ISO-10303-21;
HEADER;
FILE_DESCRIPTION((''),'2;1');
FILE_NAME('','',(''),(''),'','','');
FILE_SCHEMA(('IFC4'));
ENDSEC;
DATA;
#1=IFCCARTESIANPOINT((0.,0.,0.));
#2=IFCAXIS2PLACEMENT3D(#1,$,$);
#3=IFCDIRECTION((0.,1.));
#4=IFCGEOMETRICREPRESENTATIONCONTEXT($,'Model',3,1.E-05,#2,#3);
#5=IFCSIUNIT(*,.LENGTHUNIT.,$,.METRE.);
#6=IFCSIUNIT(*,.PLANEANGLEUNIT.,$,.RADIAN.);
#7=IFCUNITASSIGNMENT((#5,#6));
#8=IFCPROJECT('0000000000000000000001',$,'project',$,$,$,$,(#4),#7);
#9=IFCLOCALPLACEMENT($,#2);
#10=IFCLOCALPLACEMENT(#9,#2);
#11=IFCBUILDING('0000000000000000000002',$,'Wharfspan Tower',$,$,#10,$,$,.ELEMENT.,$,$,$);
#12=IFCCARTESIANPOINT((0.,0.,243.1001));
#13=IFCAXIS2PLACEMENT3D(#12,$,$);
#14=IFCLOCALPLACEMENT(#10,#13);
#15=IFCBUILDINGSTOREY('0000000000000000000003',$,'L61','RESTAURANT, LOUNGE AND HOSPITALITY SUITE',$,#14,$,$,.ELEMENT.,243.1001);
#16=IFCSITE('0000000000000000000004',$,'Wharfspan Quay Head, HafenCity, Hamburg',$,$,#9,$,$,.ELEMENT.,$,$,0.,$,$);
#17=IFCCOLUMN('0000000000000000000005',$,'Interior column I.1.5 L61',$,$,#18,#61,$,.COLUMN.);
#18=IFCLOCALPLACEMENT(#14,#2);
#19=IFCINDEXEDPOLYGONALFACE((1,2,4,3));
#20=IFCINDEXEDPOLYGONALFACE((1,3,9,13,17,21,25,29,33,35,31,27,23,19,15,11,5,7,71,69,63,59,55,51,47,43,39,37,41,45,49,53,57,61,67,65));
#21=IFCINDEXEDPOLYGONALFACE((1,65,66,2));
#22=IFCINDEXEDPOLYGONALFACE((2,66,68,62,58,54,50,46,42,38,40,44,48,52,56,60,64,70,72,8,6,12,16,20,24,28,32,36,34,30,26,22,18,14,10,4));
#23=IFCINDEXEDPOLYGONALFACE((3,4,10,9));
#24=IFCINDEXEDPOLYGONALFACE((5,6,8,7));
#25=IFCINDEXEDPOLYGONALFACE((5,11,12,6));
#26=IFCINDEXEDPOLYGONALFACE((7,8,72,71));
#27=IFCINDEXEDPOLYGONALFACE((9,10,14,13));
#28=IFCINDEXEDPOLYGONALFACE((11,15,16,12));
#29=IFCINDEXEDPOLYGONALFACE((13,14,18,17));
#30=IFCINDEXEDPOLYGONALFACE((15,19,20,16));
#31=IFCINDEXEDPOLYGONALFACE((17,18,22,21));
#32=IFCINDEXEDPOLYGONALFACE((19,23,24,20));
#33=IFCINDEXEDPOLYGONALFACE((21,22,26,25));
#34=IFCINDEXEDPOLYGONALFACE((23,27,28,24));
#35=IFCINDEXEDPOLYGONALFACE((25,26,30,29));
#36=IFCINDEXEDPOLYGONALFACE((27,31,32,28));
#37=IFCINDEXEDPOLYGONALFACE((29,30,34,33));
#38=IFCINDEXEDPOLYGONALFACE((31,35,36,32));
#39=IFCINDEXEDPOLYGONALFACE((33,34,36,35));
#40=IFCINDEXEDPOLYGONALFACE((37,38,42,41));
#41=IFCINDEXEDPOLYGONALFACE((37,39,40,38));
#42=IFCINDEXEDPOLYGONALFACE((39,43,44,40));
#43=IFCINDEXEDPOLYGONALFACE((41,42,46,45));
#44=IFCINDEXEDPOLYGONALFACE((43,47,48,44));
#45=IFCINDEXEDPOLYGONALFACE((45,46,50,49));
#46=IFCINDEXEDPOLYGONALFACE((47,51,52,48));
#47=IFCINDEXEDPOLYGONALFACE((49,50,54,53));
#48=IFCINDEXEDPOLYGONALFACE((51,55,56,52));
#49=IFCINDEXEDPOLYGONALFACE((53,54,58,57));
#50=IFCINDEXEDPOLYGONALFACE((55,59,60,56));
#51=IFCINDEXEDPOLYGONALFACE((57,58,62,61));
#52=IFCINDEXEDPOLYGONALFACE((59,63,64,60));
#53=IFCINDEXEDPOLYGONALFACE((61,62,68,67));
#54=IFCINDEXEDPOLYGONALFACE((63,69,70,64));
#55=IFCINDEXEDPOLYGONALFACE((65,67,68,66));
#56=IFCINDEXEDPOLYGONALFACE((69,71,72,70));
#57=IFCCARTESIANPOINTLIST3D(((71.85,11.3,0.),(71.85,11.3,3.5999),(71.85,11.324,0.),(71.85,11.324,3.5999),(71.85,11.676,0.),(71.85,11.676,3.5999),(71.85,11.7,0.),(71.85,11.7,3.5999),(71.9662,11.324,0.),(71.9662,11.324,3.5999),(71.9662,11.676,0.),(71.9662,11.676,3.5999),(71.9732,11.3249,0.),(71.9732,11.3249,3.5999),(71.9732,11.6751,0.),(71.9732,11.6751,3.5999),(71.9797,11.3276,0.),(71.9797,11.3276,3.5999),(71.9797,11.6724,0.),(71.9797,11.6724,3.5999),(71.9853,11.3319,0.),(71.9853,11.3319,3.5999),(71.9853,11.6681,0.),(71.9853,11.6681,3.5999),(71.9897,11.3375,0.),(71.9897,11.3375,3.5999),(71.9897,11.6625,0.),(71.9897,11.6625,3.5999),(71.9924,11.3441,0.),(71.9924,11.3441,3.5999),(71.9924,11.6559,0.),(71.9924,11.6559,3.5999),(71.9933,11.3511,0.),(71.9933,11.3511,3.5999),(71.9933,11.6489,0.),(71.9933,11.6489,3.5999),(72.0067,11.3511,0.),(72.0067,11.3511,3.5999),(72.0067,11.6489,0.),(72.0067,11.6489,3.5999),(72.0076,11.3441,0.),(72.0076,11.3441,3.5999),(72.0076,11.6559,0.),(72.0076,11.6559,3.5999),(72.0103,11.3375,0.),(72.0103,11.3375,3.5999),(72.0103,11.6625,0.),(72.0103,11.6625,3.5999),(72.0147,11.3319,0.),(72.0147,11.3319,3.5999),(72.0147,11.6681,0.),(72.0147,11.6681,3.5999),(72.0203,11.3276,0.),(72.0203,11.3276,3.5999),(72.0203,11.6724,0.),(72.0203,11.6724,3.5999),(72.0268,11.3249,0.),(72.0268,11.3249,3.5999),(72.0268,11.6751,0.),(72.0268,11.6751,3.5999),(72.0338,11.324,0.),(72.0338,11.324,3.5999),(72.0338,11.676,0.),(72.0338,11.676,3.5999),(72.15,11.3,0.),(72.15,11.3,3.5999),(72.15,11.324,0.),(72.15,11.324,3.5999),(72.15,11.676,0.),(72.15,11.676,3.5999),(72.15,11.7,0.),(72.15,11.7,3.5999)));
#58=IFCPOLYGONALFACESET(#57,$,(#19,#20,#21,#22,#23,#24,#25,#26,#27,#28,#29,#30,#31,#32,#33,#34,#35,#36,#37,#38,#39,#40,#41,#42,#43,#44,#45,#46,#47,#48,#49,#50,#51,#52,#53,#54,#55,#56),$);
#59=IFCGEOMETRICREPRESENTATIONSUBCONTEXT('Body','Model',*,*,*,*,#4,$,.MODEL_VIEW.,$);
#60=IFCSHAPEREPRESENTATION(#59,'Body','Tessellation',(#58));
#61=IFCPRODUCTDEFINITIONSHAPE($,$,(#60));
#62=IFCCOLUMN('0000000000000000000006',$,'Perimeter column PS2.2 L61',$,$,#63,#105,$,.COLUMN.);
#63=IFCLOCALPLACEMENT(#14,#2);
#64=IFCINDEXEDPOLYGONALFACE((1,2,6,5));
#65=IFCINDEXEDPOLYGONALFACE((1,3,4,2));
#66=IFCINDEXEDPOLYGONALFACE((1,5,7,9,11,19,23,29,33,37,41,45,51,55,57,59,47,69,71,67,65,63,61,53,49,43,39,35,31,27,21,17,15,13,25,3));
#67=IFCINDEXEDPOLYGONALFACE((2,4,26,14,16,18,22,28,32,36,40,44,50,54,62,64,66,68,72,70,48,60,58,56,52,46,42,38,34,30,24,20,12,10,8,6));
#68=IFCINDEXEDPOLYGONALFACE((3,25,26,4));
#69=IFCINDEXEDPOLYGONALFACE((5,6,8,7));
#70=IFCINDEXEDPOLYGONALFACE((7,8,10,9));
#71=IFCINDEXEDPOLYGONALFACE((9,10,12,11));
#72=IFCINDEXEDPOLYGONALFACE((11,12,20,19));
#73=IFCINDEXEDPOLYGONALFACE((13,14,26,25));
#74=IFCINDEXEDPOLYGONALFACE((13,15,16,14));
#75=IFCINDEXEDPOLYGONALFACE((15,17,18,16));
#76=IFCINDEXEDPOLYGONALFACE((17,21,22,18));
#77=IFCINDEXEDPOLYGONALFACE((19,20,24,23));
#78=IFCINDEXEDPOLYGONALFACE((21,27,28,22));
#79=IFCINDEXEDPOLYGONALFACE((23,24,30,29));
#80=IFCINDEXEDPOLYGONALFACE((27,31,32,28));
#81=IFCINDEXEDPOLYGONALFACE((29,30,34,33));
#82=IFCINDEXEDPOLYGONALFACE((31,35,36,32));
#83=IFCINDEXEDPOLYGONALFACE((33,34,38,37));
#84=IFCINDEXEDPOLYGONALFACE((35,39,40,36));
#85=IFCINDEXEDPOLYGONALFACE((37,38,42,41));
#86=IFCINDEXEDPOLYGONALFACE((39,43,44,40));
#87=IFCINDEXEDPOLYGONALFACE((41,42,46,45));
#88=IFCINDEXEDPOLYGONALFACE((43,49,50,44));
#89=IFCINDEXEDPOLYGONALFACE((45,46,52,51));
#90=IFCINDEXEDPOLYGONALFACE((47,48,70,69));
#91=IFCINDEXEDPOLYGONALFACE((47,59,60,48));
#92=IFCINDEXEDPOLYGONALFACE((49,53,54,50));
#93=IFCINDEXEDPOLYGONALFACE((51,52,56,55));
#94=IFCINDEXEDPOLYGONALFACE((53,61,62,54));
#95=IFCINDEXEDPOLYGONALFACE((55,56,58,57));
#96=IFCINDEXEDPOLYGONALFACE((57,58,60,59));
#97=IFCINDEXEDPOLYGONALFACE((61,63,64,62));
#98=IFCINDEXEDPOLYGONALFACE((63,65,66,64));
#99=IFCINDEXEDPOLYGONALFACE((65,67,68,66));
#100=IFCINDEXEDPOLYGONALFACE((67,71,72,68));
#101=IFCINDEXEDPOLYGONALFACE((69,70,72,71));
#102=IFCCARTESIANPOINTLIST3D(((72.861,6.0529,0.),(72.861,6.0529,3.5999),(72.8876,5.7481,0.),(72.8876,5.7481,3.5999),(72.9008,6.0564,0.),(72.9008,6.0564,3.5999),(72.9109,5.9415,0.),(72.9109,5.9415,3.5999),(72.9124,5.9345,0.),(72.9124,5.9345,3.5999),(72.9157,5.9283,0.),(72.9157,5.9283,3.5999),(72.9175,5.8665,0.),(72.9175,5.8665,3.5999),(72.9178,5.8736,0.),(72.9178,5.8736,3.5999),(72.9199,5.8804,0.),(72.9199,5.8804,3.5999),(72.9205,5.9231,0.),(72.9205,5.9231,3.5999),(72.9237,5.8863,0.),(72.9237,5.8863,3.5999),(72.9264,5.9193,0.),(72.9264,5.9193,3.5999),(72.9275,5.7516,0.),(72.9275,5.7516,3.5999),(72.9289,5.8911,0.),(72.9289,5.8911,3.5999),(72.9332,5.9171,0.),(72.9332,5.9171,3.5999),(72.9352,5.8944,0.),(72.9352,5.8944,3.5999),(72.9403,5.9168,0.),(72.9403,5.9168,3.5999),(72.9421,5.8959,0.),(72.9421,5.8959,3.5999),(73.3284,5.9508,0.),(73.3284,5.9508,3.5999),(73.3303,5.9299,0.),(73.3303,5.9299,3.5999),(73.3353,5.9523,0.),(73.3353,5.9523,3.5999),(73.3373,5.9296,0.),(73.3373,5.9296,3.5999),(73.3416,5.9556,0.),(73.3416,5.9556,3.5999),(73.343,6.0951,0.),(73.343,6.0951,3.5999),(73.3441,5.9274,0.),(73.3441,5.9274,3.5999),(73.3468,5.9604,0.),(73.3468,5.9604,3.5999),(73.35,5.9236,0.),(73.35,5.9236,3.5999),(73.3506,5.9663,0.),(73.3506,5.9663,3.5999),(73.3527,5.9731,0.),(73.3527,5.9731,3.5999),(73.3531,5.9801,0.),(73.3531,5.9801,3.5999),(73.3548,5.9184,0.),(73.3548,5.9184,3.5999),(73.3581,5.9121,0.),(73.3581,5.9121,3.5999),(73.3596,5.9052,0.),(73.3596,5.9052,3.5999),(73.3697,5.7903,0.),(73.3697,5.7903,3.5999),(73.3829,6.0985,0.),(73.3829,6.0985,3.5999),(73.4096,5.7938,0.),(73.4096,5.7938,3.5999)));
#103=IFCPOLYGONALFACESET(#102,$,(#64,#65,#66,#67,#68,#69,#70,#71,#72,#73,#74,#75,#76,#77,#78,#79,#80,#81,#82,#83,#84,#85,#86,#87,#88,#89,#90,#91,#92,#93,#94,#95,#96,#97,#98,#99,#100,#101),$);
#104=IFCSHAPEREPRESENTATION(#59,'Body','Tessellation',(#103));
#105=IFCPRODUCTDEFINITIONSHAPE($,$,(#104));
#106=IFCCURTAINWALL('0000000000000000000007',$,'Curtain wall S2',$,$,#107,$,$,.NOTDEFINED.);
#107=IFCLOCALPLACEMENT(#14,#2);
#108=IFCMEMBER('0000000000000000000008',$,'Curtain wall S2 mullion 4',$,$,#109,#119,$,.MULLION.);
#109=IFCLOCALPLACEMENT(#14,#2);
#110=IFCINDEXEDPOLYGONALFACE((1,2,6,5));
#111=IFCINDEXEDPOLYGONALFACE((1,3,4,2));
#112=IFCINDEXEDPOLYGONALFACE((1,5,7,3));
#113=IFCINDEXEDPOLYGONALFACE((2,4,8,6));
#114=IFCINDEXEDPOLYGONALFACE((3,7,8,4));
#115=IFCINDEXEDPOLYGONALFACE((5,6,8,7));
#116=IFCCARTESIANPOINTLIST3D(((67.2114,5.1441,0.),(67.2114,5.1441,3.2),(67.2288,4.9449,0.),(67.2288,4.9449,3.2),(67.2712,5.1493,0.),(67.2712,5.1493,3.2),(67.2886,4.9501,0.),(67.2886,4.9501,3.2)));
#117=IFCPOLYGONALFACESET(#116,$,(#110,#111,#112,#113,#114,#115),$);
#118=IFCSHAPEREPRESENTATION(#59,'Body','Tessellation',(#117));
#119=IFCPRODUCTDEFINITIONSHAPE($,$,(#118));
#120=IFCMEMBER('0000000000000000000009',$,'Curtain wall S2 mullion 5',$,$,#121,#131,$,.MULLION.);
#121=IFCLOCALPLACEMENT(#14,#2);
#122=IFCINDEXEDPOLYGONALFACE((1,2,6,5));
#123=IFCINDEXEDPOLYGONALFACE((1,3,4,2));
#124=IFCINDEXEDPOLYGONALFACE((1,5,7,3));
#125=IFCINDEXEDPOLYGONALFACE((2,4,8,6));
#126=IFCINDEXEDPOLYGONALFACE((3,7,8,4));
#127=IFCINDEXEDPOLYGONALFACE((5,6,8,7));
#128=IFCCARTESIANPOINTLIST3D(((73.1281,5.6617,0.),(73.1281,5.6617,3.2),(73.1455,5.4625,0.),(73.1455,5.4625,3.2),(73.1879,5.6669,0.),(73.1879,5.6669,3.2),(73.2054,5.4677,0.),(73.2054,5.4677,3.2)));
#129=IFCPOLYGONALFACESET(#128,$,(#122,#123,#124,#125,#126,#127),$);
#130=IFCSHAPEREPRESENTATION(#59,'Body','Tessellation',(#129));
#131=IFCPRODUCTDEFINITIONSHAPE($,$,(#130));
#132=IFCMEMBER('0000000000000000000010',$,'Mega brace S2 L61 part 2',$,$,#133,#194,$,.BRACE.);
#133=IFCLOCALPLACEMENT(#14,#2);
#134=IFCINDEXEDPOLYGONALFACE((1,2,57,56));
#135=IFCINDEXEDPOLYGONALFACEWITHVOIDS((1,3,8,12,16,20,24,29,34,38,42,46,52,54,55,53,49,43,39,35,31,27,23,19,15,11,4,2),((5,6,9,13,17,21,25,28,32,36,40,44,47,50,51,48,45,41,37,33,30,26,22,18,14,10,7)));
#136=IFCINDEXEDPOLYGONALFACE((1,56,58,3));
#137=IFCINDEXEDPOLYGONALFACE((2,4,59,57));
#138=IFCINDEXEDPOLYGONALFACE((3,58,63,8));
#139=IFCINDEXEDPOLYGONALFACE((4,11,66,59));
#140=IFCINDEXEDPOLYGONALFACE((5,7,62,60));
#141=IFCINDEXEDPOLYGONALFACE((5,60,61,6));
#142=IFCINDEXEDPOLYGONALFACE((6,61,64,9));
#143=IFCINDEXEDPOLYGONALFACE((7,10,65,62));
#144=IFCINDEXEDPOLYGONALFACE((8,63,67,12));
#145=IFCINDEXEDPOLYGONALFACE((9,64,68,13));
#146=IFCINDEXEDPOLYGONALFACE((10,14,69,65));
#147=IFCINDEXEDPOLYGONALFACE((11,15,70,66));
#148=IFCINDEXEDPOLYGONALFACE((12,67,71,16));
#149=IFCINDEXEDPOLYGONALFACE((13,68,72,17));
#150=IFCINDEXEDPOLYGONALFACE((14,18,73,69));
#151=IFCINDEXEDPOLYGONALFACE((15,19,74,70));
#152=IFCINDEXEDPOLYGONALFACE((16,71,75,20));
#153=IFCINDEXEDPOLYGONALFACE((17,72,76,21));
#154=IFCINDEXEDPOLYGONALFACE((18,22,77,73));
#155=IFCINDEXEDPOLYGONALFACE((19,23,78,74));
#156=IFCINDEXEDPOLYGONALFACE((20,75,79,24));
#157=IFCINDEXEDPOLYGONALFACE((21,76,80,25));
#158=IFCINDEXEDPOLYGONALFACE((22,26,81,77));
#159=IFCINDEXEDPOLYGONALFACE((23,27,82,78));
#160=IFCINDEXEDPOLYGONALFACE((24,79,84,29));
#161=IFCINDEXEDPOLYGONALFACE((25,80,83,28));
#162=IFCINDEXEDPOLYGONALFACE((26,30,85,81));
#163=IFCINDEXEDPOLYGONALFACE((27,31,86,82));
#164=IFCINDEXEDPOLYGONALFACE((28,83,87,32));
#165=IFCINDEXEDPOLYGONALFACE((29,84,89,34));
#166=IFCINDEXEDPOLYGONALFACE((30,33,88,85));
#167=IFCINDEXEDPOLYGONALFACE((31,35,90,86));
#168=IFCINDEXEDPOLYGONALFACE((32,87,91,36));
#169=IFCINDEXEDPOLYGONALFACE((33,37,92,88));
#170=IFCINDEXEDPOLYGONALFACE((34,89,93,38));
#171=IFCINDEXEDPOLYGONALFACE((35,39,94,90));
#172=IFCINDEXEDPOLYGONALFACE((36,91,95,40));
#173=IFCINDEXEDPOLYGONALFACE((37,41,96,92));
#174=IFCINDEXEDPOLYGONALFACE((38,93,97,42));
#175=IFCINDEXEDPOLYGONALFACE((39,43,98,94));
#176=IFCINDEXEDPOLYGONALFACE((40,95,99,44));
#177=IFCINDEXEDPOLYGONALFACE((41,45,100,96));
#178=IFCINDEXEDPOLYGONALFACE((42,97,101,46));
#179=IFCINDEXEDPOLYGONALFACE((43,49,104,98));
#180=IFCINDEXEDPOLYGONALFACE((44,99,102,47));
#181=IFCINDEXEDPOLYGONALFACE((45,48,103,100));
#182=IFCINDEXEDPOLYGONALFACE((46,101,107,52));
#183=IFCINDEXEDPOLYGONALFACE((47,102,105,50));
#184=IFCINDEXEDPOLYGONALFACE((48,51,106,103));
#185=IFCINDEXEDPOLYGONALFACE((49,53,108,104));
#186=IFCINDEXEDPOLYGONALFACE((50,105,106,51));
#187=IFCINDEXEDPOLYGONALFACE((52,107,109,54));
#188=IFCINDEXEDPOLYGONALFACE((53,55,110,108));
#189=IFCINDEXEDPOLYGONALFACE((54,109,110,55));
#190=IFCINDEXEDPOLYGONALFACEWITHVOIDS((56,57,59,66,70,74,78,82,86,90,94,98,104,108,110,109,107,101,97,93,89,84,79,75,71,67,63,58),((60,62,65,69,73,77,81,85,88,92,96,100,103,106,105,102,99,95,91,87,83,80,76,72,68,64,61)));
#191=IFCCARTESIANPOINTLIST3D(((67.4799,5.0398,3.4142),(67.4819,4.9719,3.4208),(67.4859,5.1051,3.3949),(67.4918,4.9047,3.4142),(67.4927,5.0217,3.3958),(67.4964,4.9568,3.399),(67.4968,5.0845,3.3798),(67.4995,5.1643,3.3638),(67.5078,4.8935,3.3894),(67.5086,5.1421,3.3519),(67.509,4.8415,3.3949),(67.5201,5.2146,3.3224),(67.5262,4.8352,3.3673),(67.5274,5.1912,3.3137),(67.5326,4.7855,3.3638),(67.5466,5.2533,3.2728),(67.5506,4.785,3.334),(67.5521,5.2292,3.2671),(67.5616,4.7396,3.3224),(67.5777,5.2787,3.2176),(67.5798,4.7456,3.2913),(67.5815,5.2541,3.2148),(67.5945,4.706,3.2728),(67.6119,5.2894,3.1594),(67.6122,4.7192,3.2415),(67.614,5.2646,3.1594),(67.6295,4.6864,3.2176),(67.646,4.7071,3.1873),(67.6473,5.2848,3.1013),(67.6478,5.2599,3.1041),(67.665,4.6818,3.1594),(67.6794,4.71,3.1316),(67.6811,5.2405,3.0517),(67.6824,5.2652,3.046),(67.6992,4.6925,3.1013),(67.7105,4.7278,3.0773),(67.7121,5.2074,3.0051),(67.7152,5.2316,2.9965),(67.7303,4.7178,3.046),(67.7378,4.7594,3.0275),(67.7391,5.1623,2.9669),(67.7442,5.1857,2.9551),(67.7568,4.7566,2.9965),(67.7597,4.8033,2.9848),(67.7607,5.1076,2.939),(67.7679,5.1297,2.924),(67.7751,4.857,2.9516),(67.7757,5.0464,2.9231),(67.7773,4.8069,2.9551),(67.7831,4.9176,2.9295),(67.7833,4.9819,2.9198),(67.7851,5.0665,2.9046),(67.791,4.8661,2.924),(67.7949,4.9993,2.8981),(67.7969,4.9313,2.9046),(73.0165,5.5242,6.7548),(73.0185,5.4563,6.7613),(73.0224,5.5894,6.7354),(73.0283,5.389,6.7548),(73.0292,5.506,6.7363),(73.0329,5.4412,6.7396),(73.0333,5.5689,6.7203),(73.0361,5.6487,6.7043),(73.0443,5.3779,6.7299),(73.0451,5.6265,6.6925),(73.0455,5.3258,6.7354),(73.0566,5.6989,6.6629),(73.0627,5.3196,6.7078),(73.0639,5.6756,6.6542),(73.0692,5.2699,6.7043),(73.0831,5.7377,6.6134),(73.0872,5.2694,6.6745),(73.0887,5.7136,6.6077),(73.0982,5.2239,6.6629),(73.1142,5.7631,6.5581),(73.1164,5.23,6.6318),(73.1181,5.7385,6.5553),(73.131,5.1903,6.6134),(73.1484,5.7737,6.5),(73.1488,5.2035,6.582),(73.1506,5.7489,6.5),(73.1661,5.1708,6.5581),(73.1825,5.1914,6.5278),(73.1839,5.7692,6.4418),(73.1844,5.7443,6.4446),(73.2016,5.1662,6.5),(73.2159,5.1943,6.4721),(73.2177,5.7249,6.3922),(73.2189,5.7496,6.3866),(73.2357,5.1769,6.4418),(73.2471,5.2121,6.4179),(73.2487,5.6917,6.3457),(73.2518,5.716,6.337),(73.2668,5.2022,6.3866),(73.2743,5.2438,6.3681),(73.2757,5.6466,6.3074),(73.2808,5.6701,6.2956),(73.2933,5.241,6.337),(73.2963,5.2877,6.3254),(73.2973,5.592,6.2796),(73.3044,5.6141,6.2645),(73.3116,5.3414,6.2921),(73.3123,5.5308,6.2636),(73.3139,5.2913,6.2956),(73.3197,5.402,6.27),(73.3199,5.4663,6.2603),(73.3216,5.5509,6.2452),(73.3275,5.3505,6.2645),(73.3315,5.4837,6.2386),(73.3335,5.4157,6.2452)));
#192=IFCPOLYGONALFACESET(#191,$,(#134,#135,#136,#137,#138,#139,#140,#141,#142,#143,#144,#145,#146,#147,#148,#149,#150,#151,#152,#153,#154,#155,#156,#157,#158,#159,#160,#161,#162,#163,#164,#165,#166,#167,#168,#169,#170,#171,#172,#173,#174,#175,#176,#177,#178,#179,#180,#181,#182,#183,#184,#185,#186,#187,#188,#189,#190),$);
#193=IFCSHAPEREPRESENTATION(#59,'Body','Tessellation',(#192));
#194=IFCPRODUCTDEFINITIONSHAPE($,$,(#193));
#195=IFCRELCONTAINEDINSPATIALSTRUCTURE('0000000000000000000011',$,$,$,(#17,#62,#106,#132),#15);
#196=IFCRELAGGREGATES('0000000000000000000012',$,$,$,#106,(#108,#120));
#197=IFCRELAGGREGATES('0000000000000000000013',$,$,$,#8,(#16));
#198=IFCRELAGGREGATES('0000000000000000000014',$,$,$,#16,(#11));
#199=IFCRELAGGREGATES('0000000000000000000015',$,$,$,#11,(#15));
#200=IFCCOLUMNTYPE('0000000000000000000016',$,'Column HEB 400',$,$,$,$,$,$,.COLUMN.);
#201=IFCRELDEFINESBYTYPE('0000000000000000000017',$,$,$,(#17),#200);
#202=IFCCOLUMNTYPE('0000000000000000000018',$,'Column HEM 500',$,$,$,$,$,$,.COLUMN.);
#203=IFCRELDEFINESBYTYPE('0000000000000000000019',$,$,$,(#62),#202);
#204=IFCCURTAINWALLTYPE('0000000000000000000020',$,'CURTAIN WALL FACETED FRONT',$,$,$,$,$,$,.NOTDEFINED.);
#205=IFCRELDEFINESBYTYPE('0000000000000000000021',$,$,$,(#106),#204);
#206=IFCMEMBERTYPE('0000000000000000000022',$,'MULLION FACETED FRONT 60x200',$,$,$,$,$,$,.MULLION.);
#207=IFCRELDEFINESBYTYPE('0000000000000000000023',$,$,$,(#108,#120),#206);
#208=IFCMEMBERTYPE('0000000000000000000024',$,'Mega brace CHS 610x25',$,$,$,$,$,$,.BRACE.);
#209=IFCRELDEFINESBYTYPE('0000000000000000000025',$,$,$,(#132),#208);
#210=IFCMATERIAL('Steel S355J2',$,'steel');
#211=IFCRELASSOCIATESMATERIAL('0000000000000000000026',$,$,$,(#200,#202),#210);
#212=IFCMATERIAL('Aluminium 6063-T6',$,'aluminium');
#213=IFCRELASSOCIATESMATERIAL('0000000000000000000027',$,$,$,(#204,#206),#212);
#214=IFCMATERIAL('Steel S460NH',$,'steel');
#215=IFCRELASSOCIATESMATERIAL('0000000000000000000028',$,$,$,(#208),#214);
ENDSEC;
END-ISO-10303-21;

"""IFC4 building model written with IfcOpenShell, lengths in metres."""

from ifc_helpers import new_model, si_unit, direction, frame, origin, origin_2d, place, context, subcontext, project, spatial, rectangle, hollow_circle, i_section, extrude, material, material_profile, profile_set, type_object, element, aggregate, save


model = new_model("IFC4")

# Units and contexts
model_context = context("Model", 3, precision=1e-05, world=origin(), true_north=direction((0.0, 1.0)))
body_context = subcontext(model_context, "Body", "Model", "MODEL_VIEW")
ifc_project = project(units=[si_unit("LENGTHUNIT", "METRE"), si_unit("PLANEANGLEUNIT", "RADIAN")], contexts=[model_context])

# Site, building, storey
site_placement = place(None, origin())
site = spatial("IfcSite", under=ifc_project, at=site_placement, Name="Wharfspan Quay Head, HafenCity, Hamburg", CompositionType="ELEMENT", RefElevation=0.0)
building_placement = place(site_placement, origin())
building = spatial("IfcBuilding", under=site, at=building_placement, Name="Wharfspan Tower", CompositionType="ELEMENT")
storey_placement = place(building_placement, frame((0.0, 0.0, 243.1001)))
storey = spatial("IfcBuildingStorey", under=building, at=storey_placement, Name="L61", Description="RESTAURANT, LOUNGE AND HOSPITALITY SUITE", CompositionType="ELEMENT", Elevation=243.1001)

# Columns
ifc_material_1 = material(Name="Steel S355J2", Category="steel")
ifc_material_profile_1 = material_profile(ifc_material_1, i_section(OverallWidth=0.3, OverallDepth=0.3999, WebThickness=0.0134, FlangeThickness=0.0239, FilletRadius=0.0271, at=origin_2d()))
ifc_profile_set_1 = profile_set([ifc_material_profile_1], Name="Steel S355J2")
column_type_1 = type_object("IfcColumnType", Name="Column HEB 400", PredefinedType="COLUMN", material=ifc_profile_set_1)
column_1_placement = place(storey_placement, frame((72.0, 11.5, 0.0), z_axis=(0.0, 0.0, 1.0), x_axis=(1.0, 0.0, 0.0)))
element("IfcColumn", 1, at=column_1_placement, inside=storey, type_object=column_type_1, Name="Interior column I.1.5 L61", PredefinedType="COLUMN", context=body_context, shape_type="SweptSolid", body=[
    extrude(i_section(OverallWidth=0.3, OverallDepth=0.3999, WebThickness=0.0134, FlangeThickness=0.0239, FilletRadius=0.0271, at=origin_2d()), origin(), (0.0, 0.0, 1.0), 3.5999),
])
ifc_material_profile_2 = material_profile(ifc_material_1, i_section(OverallWidth=0.3059, OverallDepth=0.5239, WebThickness=0.021, FlangeThickness=0.04, FilletRadius=0.0271, at=origin_2d()))
ifc_profile_set_2 = profile_set([ifc_material_profile_2], Name="Steel S355J2")
column_type_2 = type_object("IfcColumnType", Name="Column HEM 500", PredefinedType="COLUMN", material=ifc_profile_set_2)
column_2_placement = place(storey_placement, frame((73.1353, 5.9233, 0.0), z_axis=(0.0, 0.0, 1.0), x_axis=(0.087156, -0.996197, 0.0)))
element("IfcColumn", 2, at=column_2_placement, inside=storey, type_object=column_type_2, Name="Perimeter column PS2.2 L61", PredefinedType="COLUMN", context=body_context, shape_type="SweptSolid", body=[
    extrude(i_section(OverallWidth=0.3059, OverallDepth=0.5239, WebThickness=0.021, FlangeThickness=0.04, FilletRadius=0.0271, at=origin_2d()), origin(), (0.0, 0.0, 1.0), 3.5999),
])

# Curtain wall, members
ifc_material_2 = material(Name="Aluminium 6063-T6", Category="aluminium")
curtain_wall_type = type_object("IfcCurtainWallType", Name="CURTAIN WALL FACETED FRONT", PredefinedType="NOTDEFINED", material=ifc_material_2)
curtain_wall_placement = place(storey_placement, origin())
curtain_wall = element("IfcCurtainWall", 3, at=curtain_wall_placement, inside=storey, type_object=curtain_wall_type, Name="Curtain wall S2", PredefinedType="NOTDEFINED")
ifc_material_profile_3 = material_profile(ifc_material_2, rectangle(XDim=0.2, YDim=0.0601, at=origin_2d()))
ifc_profile_set_3 = profile_set([ifc_material_profile_3], Name="Aluminium 6063-T6")
member_type_1 = type_object("IfcMemberType", Name="MULLION FACETED FRONT 60x200", PredefinedType="MULLION", material=ifc_profile_set_3)
member_1_placement = place(storey_placement, frame((67.25, 5.0471, 0.0), z_axis=(0.0, 0.0, 1.0), x_axis=(-0.087156, 0.996197, 0.0)))
member_1 = element("IfcMember", 4, at=member_1_placement, type_object=member_type_1, Name="Curtain wall S2 mullion 4", PredefinedType="MULLION", context=body_context, shape_type="SweptSolid", body=[
    extrude(rectangle(XDim=0.2, YDim=0.0601, at=origin_2d()), origin(), (0.0, 0.0, 1.0), 3.2),
])
member_2_placement = place(storey_placement, frame((73.1667, 5.5647, 0.0), z_axis=(0.0, 0.0, 1.0), x_axis=(-0.087156, 0.996197, 0.0)))
member_2 = element("IfcMember", 5, at=member_2_placement, type_object=member_type_1, Name="Curtain wall S2 mullion 5", PredefinedType="MULLION", context=body_context, shape_type="SweptSolid", body=[
    extrude(rectangle(XDim=0.2, YDim=0.0601, at=origin_2d()), origin(), (0.0, 0.0, 1.0), 3.2),
])

# Member
ifc_material_3 = material(Name="Steel S460NH", Category="steel")
ifc_material_profile_4 = material_profile(ifc_material_3, hollow_circle(Radius=0.3049, WallThickness=0.0249, at=origin_2d()))
ifc_profile_set_4 = profile_set([ifc_material_profile_4], Name="Steel S460NH")
member_type_2 = type_object("IfcMemberType", Name="Mega brace CHS 610x25", PredefinedType="BRACE", material=ifc_profile_set_4)
for number, where, z_axis, x_axis, name in (
    (6, (67.6384, 4.9856, 3.1594), (0.853829, 0.074698, 0.515166), (-0.087155, 0.996197, 0.000003), "Mega brace S2 L61 part 2"),
):
    element("IfcMember", number, at=place(storey_placement, frame(where, z_axis=z_axis, x_axis=x_axis)), inside=storey, type_object=member_type_2, Name=name, PredefinedType="BRACE", context=body_context, shape_type="SweptSolid", body=[
        extrude(hollow_circle(Radius=0.3049, WallThickness=0.0249, at=origin_2d()), origin(), (0.0, 0.0, 1.0), 6.4844),
    ])

aggregate(curtain_wall, [member_1, member_2])

save(model, "model.ifc")
